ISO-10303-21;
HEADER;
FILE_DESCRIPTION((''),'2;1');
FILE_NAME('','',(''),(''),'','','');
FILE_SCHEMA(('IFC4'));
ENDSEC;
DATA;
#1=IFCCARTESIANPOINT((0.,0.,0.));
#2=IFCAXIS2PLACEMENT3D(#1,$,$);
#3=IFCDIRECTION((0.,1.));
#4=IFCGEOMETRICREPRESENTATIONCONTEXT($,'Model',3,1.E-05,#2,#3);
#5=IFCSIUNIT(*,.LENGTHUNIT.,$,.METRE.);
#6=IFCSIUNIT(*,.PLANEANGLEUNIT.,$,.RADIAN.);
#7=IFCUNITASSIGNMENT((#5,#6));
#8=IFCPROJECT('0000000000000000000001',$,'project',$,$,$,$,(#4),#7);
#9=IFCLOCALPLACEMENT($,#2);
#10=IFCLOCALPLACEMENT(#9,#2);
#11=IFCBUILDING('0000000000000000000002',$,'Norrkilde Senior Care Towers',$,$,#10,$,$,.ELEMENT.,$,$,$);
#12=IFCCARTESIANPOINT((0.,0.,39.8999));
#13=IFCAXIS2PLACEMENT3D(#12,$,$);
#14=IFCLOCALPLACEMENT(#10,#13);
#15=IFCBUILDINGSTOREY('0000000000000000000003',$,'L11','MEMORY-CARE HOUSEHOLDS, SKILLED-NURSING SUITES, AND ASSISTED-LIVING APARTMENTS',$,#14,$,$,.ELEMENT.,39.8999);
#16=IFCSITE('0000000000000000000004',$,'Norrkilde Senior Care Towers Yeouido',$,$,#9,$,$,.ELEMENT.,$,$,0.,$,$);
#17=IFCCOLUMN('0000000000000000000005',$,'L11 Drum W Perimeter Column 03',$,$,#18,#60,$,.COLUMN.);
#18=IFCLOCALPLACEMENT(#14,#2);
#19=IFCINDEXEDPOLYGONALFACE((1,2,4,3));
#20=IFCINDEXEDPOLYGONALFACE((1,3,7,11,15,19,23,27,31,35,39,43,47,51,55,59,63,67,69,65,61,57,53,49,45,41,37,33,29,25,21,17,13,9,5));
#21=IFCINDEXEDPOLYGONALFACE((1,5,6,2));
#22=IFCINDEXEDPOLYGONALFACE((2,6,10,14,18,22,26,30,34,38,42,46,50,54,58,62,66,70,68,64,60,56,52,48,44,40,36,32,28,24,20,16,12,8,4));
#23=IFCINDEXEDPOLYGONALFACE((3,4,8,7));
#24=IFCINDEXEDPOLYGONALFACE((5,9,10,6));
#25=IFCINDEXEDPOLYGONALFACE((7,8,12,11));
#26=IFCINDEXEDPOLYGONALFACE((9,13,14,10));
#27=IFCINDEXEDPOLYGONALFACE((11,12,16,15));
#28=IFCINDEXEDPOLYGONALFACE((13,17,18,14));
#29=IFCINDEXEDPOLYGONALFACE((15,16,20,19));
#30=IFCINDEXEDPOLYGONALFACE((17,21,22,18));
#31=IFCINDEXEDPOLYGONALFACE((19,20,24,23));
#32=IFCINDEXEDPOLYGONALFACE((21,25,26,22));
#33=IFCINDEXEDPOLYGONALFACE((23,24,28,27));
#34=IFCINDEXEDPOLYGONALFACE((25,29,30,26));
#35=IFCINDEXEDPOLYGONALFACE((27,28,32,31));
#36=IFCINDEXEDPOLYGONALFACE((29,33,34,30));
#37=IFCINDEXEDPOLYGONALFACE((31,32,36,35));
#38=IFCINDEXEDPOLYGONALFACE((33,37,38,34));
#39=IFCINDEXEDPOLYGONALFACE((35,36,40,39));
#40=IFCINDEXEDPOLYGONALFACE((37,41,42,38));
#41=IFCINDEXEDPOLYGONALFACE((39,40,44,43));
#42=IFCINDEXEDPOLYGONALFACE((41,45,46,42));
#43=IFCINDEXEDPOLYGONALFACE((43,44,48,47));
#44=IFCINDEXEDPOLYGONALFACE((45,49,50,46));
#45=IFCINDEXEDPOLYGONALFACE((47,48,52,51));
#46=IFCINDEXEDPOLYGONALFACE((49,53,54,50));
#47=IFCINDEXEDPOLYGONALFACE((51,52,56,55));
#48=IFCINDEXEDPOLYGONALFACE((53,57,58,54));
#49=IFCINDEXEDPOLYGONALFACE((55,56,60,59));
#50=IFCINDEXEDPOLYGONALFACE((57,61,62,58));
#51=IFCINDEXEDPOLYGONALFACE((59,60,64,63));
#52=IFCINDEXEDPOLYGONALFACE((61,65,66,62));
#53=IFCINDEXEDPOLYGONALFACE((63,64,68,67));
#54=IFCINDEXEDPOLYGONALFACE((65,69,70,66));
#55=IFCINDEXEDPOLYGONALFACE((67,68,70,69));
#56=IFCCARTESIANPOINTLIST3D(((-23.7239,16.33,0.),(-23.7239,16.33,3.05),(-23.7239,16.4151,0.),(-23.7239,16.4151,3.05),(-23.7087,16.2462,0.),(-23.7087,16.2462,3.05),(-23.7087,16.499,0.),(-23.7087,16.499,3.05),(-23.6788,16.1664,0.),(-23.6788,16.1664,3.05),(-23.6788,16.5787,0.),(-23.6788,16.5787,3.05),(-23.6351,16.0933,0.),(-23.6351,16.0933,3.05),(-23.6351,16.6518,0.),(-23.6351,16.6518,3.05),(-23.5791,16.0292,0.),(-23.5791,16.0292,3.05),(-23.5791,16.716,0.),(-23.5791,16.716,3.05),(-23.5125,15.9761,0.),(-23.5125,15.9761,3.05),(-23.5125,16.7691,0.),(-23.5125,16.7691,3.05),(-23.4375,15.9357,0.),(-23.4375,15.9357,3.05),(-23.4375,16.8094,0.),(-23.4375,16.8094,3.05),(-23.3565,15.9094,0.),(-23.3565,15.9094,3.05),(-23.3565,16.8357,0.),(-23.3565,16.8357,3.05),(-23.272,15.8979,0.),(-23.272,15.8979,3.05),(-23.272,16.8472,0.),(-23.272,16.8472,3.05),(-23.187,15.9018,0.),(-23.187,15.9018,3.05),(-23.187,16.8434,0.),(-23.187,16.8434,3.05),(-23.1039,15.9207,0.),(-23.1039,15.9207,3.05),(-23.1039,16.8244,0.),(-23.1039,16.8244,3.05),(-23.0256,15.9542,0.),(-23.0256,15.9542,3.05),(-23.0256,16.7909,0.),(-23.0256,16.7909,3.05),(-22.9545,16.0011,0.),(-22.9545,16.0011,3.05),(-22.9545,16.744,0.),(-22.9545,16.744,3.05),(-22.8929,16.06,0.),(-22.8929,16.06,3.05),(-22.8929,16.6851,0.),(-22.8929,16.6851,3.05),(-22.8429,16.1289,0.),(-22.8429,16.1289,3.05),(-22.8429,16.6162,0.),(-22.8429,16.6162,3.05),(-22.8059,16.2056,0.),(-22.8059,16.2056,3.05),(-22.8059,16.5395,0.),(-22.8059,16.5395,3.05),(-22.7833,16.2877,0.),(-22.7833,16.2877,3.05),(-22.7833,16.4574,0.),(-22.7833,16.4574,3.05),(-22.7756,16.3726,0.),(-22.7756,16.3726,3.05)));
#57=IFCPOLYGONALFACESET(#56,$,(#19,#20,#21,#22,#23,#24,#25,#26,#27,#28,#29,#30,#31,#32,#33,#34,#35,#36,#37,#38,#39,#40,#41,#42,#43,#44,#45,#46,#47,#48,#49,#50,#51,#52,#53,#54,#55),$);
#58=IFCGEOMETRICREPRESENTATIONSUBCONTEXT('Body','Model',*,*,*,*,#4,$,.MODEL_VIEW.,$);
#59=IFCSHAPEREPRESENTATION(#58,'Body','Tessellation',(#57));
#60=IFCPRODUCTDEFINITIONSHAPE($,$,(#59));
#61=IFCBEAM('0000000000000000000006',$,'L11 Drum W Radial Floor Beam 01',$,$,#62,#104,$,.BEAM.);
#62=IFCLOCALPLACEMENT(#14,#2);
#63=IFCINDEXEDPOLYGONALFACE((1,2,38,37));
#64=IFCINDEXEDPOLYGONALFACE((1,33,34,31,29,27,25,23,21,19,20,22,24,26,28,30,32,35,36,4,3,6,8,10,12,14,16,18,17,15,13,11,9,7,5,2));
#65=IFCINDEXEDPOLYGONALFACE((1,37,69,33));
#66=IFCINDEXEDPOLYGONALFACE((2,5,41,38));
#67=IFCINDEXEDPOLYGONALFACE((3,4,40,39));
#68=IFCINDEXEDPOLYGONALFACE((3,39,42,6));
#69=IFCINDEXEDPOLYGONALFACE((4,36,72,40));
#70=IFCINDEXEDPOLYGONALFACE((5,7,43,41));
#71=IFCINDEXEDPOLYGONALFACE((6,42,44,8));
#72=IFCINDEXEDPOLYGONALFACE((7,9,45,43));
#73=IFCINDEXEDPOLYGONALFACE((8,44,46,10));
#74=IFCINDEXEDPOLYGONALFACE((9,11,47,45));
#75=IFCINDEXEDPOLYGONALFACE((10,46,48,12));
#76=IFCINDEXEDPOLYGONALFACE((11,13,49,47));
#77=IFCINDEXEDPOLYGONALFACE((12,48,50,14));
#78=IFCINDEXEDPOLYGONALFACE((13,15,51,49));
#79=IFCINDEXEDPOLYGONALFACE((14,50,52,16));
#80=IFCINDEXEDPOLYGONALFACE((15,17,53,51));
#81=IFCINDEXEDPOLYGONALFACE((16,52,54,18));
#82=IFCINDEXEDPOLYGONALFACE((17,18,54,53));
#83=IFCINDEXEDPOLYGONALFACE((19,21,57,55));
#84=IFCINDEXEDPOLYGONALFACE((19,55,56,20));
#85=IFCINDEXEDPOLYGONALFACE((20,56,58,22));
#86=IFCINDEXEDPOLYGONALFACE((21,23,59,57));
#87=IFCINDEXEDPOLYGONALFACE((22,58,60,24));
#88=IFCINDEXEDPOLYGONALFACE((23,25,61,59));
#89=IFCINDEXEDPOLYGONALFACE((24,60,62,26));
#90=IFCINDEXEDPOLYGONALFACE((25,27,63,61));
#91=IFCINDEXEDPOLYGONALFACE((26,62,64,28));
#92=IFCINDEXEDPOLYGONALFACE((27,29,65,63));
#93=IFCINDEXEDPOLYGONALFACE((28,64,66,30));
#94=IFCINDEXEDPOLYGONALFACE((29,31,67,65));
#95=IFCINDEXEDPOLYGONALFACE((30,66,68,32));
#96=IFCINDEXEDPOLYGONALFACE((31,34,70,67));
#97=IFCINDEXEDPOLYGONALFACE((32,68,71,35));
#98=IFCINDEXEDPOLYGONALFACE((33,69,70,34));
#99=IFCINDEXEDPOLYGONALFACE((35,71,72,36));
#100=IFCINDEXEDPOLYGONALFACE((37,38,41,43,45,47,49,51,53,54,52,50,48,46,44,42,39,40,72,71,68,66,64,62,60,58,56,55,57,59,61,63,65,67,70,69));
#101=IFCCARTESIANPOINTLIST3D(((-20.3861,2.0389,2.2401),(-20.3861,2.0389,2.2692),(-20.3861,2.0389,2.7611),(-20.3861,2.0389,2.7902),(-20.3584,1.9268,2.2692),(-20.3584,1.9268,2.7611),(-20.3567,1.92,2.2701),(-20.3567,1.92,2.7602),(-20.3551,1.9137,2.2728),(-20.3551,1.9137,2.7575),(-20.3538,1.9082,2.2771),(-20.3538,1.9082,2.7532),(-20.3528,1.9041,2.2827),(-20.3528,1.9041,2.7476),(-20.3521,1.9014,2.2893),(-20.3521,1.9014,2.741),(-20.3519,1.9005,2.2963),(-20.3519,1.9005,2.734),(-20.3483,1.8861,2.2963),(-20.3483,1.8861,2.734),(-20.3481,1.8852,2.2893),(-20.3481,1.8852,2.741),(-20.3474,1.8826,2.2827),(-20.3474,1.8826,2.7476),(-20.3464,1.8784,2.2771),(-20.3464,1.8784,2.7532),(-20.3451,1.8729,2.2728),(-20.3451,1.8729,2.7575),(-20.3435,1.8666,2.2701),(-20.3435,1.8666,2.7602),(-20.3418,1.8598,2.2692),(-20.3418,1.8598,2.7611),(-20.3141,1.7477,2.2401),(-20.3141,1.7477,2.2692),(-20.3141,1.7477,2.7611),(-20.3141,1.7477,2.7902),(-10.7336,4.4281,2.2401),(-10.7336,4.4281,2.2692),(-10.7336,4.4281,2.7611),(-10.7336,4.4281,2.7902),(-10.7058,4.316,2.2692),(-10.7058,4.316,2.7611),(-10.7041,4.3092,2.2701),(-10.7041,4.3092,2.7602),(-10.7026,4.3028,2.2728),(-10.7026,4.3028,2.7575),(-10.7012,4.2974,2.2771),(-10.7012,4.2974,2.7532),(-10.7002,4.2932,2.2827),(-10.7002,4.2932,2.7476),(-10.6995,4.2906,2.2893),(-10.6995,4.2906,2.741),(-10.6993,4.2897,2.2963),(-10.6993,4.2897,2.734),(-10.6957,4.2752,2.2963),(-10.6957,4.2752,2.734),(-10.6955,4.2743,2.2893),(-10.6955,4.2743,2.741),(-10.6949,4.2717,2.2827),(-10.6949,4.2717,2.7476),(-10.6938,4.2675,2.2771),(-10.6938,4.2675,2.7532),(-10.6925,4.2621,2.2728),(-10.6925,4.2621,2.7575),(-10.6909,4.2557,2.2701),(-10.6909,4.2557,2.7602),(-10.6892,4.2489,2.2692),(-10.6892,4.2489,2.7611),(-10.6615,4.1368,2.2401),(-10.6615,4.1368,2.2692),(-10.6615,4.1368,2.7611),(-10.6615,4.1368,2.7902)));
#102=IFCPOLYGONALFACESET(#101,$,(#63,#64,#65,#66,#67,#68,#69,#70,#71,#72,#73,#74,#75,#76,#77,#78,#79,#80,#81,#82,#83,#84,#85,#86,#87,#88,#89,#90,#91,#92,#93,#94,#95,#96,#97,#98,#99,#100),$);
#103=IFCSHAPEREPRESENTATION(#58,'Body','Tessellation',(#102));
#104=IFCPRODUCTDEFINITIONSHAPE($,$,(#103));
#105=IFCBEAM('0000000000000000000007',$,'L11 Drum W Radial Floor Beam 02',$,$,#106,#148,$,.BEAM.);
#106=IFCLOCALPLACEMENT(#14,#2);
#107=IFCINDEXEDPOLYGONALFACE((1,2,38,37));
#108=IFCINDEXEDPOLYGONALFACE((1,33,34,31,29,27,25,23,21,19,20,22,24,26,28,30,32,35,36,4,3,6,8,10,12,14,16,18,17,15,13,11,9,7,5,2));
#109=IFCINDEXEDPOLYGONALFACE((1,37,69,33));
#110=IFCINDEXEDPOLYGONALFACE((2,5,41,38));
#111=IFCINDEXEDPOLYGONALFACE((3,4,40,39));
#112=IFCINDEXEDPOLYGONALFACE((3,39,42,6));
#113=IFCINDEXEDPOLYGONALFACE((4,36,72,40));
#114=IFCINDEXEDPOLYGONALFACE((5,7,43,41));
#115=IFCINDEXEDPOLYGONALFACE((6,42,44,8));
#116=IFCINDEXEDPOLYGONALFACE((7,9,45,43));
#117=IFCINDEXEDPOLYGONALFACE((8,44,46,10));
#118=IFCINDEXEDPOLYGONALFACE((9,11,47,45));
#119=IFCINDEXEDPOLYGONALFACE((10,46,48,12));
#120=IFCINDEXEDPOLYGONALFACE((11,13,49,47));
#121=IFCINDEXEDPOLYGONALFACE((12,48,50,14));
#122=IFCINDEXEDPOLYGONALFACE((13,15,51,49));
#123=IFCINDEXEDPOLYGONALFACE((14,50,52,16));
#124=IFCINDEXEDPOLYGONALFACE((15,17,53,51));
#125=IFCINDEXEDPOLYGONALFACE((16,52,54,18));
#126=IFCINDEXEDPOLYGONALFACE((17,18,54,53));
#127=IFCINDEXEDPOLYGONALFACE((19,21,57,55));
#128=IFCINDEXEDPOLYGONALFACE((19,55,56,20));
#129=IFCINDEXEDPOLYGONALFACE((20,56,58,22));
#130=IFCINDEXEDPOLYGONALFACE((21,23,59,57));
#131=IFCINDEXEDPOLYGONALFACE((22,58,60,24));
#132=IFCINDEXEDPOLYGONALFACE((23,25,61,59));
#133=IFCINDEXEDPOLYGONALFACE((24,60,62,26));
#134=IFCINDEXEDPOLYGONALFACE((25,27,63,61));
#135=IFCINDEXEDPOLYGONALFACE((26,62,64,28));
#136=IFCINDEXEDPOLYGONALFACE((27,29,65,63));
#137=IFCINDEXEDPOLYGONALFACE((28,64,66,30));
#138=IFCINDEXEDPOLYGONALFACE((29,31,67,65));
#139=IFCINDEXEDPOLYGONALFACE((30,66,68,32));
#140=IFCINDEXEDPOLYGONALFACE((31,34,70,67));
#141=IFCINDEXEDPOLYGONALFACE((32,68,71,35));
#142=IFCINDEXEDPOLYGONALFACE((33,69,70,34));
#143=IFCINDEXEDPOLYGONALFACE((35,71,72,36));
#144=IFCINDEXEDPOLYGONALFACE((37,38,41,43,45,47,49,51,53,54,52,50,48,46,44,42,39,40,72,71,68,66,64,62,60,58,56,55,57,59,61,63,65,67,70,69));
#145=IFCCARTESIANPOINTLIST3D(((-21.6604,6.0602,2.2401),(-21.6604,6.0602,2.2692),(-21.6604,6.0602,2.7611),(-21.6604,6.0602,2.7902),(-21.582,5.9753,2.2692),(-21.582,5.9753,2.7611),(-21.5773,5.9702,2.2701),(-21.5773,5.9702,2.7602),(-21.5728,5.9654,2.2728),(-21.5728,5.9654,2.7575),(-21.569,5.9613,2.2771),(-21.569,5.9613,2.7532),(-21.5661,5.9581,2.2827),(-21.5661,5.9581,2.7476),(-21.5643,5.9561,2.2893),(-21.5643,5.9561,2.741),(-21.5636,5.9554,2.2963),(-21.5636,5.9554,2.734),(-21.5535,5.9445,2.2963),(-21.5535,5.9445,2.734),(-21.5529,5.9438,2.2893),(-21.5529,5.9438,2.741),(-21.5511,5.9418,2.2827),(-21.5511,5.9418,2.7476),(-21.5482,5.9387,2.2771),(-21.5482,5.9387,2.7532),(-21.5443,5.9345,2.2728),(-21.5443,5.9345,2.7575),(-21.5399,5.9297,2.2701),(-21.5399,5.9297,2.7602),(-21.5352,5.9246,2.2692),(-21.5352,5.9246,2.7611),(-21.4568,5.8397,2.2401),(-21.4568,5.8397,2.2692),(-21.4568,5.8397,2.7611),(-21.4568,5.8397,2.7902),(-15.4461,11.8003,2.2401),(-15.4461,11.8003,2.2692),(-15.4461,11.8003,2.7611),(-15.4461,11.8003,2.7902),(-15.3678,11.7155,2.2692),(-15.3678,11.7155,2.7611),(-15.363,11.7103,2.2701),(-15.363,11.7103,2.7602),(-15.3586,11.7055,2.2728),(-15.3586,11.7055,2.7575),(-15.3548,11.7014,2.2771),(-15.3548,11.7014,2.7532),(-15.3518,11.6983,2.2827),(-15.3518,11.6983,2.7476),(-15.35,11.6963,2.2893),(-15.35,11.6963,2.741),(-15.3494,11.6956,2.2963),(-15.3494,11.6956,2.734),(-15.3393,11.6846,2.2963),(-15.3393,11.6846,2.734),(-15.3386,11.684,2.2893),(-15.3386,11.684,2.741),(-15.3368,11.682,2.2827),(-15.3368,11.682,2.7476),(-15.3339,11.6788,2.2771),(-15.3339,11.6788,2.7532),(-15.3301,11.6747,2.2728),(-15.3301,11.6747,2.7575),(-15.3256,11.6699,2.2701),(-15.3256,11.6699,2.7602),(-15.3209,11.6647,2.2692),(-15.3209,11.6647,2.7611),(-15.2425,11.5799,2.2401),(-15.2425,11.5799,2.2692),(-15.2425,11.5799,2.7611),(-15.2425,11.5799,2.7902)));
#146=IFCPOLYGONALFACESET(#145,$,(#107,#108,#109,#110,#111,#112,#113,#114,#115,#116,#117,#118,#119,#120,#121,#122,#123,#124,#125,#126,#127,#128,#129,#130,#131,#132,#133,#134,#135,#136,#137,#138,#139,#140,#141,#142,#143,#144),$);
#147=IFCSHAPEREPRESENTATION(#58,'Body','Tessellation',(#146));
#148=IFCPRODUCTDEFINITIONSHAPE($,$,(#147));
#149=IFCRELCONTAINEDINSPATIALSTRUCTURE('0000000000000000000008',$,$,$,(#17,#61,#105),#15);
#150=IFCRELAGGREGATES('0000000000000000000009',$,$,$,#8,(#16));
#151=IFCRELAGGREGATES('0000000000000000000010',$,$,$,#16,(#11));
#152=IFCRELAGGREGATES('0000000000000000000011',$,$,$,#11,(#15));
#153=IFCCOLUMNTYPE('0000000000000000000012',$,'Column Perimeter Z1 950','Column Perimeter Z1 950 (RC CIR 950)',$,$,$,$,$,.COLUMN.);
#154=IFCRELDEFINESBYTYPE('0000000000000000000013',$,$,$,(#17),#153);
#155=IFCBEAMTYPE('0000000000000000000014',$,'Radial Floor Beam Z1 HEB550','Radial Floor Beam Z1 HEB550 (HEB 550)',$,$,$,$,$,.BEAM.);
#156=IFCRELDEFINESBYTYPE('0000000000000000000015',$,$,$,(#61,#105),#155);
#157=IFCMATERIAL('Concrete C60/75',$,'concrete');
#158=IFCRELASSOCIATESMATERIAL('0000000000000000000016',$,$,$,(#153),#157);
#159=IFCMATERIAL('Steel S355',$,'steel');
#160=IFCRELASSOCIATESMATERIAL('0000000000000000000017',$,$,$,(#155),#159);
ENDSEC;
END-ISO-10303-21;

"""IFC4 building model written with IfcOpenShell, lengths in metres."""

from ifc_helpers import new_model, si_unit, direction, frame, origin, origin_2d, place, context, subcontext, project, spatial, circle, i_section, extrude, source, transform, mapped, material, material_profile, profile_set, type_object, type_shapes, element, save


model = new_model("IFC4")

# Units and contexts
model_context = context("Model", 3, precision=1e-05, world=origin(), true_north=direction((0.0, 1.0)))
body_context = subcontext(model_context, "Body", "Model", "MODEL_VIEW")
ifc_project = project(units=[si_unit("LENGTHUNIT", "METRE"), si_unit("PLANEANGLEUNIT", "RADIAN")], contexts=[model_context])

# Site, building, storey
site_placement = place(None, origin())
site = spatial("IfcSite", under=ifc_project, at=site_placement, Name="Norrkilde Senior Care Towers Yeouido", CompositionType="ELEMENT", RefElevation=0.0)
building_placement = place(site_placement, origin())
building = spatial("IfcBuilding", under=site, at=building_placement, Name="Norrkilde Senior Care Towers", CompositionType="ELEMENT")
storey_placement = place(building_placement, frame((0.0, 0.0, 39.8999)))
storey = spatial("IfcBuildingStorey", under=building, at=storey_placement, Name="L11", Description="MEMORY-CARE HOUSEHOLDS, SKILLED-NURSING SUITES, AND ASSISTED-LIVING APARTMENTS", CompositionType="ELEMENT", Elevation=39.8999)

# Column
ifc_material_1 = material(Name="Concrete C60/75", Category="concrete")
ifc_material_profile_1 = material_profile(ifc_material_1, circle(Radius=0.4751, at=origin_2d()), Name="RC CIR 950")
ifc_profile_set_1 = profile_set([ifc_material_profile_1], Name="Concrete C60/75")
column_type = type_object("IfcColumnType", Name="Column Perimeter Z1 950", Description="Column Perimeter Z1 950 (RC CIR 950)", PredefinedType="COLUMN", material=ifc_profile_set_1)
shared_shape_1 = source(origin(), body_context, "Body", "SweptSolid", [
    extrude(circle(Radius=0.4751, at=origin_2d()), origin(), (0.0, 0.0, 1.0), 3.05),
])
type_shapes(column_type, [shared_shape_1])
column_placement = place(storey_placement, frame((-23.2507, 16.3726, 0.0), z_axis=(0.0, 0.0, 1.0), x_axis=(1.0, 0.0, 0.0)))
element("IfcColumn", 1, at=column_placement, inside=storey, type_object=column_type, Name="L11 Drum W Perimeter Column 03", PredefinedType="COLUMN", context=body_context, shape_type="MappedRepresentation", body=[
    mapped(shared_shape_1, transform((0.0, 0.0, 0.0), x_axis=(1.0, 0.0, 0.0), y_axis=(0.0, 1.0, 0.0), z_axis=(0.0, 0.0, 1.0), scale=1.0)),
])

# Beams
ifc_material_2 = material(Name="Steel S355", Category="steel")
ifc_material_profile_2 = material_profile(ifc_material_2, i_section(OverallWidth=0.3, OverallDepth=0.55, WebThickness=0.0149, FlangeThickness=0.0291, FilletRadius=0.0271, at=origin_2d()), Name="HEB 550")
ifc_profile_set_2 = profile_set([ifc_material_profile_2], Name="Steel S355")
beam_type_1 = type_object("IfcBeamType", Name="Radial Floor Beam Z1 HEB550", Description="Radial Floor Beam Z1 HEB550 (HEB 550)", PredefinedType="BEAM", material=ifc_profile_set_2)
shared_shape_2 = source(origin(), body_context, "Body", "SweptSolid", [
    extrude(i_section(OverallWidth=0.3, OverallDepth=0.55, WebThickness=0.0149, FlangeThickness=0.0291, FilletRadius=0.0271, at=origin_2d()), origin(), (0.0, 0.0, 1.0), 9.9438),
])
beam_1_placement = place(storey_placement, frame((-20.3501, 1.8933, 2.5151), z_axis=(0.970707, 0.240265, 0.0), x_axis=(-0.240265, 0.970707, 0.0)))
element("IfcBeam", 2, at=beam_1_placement, inside=storey, type_object=beam_type_1, Name="L11 Drum W Radial Floor Beam 01", PredefinedType="BEAM", context=body_context, shape_type="MappedRepresentation", body=[
    mapped(shared_shape_2, transform((0.0, 0.0, 0.0), x_axis=(1.0, 0.0, 0.0), y_axis=(0.0, 1.0, 0.0), z_axis=(0.0, 0.0, 1.0), scale=1.0)),
])
shared_shape_3 = source(origin(), body_context, "Body", "SweptSolid", [
    extrude(i_section(OverallWidth=0.3, OverallDepth=0.55, WebThickness=0.0149, FlangeThickness=0.0291, FilletRadius=0.0271, at=origin_2d()), origin(), (0.0, 0.0, 1.0), 8.4597),
])
beam_2_placement = place(storey_placement, frame((-21.5586, 5.95, 2.5151), z_axis=(0.734573, 0.678529, 0.0), x_axis=(-0.678529, 0.734573, 0.0)))
element("IfcBeam", 3, at=beam_2_placement, inside=storey, type_object=beam_type_1, Name="L11 Drum W Radial Floor Beam 02", PredefinedType="BEAM", context=body_context, shape_type="MappedRepresentation", body=[
    mapped(shared_shape_3, transform((0.0, 0.0, 0.0), x_axis=(1.0, 0.0, 0.0), y_axis=(0.0, 1.0, 0.0), z_axis=(0.0, 0.0, 1.0), scale=1.0)),
])

save(model, "model.ifc")
